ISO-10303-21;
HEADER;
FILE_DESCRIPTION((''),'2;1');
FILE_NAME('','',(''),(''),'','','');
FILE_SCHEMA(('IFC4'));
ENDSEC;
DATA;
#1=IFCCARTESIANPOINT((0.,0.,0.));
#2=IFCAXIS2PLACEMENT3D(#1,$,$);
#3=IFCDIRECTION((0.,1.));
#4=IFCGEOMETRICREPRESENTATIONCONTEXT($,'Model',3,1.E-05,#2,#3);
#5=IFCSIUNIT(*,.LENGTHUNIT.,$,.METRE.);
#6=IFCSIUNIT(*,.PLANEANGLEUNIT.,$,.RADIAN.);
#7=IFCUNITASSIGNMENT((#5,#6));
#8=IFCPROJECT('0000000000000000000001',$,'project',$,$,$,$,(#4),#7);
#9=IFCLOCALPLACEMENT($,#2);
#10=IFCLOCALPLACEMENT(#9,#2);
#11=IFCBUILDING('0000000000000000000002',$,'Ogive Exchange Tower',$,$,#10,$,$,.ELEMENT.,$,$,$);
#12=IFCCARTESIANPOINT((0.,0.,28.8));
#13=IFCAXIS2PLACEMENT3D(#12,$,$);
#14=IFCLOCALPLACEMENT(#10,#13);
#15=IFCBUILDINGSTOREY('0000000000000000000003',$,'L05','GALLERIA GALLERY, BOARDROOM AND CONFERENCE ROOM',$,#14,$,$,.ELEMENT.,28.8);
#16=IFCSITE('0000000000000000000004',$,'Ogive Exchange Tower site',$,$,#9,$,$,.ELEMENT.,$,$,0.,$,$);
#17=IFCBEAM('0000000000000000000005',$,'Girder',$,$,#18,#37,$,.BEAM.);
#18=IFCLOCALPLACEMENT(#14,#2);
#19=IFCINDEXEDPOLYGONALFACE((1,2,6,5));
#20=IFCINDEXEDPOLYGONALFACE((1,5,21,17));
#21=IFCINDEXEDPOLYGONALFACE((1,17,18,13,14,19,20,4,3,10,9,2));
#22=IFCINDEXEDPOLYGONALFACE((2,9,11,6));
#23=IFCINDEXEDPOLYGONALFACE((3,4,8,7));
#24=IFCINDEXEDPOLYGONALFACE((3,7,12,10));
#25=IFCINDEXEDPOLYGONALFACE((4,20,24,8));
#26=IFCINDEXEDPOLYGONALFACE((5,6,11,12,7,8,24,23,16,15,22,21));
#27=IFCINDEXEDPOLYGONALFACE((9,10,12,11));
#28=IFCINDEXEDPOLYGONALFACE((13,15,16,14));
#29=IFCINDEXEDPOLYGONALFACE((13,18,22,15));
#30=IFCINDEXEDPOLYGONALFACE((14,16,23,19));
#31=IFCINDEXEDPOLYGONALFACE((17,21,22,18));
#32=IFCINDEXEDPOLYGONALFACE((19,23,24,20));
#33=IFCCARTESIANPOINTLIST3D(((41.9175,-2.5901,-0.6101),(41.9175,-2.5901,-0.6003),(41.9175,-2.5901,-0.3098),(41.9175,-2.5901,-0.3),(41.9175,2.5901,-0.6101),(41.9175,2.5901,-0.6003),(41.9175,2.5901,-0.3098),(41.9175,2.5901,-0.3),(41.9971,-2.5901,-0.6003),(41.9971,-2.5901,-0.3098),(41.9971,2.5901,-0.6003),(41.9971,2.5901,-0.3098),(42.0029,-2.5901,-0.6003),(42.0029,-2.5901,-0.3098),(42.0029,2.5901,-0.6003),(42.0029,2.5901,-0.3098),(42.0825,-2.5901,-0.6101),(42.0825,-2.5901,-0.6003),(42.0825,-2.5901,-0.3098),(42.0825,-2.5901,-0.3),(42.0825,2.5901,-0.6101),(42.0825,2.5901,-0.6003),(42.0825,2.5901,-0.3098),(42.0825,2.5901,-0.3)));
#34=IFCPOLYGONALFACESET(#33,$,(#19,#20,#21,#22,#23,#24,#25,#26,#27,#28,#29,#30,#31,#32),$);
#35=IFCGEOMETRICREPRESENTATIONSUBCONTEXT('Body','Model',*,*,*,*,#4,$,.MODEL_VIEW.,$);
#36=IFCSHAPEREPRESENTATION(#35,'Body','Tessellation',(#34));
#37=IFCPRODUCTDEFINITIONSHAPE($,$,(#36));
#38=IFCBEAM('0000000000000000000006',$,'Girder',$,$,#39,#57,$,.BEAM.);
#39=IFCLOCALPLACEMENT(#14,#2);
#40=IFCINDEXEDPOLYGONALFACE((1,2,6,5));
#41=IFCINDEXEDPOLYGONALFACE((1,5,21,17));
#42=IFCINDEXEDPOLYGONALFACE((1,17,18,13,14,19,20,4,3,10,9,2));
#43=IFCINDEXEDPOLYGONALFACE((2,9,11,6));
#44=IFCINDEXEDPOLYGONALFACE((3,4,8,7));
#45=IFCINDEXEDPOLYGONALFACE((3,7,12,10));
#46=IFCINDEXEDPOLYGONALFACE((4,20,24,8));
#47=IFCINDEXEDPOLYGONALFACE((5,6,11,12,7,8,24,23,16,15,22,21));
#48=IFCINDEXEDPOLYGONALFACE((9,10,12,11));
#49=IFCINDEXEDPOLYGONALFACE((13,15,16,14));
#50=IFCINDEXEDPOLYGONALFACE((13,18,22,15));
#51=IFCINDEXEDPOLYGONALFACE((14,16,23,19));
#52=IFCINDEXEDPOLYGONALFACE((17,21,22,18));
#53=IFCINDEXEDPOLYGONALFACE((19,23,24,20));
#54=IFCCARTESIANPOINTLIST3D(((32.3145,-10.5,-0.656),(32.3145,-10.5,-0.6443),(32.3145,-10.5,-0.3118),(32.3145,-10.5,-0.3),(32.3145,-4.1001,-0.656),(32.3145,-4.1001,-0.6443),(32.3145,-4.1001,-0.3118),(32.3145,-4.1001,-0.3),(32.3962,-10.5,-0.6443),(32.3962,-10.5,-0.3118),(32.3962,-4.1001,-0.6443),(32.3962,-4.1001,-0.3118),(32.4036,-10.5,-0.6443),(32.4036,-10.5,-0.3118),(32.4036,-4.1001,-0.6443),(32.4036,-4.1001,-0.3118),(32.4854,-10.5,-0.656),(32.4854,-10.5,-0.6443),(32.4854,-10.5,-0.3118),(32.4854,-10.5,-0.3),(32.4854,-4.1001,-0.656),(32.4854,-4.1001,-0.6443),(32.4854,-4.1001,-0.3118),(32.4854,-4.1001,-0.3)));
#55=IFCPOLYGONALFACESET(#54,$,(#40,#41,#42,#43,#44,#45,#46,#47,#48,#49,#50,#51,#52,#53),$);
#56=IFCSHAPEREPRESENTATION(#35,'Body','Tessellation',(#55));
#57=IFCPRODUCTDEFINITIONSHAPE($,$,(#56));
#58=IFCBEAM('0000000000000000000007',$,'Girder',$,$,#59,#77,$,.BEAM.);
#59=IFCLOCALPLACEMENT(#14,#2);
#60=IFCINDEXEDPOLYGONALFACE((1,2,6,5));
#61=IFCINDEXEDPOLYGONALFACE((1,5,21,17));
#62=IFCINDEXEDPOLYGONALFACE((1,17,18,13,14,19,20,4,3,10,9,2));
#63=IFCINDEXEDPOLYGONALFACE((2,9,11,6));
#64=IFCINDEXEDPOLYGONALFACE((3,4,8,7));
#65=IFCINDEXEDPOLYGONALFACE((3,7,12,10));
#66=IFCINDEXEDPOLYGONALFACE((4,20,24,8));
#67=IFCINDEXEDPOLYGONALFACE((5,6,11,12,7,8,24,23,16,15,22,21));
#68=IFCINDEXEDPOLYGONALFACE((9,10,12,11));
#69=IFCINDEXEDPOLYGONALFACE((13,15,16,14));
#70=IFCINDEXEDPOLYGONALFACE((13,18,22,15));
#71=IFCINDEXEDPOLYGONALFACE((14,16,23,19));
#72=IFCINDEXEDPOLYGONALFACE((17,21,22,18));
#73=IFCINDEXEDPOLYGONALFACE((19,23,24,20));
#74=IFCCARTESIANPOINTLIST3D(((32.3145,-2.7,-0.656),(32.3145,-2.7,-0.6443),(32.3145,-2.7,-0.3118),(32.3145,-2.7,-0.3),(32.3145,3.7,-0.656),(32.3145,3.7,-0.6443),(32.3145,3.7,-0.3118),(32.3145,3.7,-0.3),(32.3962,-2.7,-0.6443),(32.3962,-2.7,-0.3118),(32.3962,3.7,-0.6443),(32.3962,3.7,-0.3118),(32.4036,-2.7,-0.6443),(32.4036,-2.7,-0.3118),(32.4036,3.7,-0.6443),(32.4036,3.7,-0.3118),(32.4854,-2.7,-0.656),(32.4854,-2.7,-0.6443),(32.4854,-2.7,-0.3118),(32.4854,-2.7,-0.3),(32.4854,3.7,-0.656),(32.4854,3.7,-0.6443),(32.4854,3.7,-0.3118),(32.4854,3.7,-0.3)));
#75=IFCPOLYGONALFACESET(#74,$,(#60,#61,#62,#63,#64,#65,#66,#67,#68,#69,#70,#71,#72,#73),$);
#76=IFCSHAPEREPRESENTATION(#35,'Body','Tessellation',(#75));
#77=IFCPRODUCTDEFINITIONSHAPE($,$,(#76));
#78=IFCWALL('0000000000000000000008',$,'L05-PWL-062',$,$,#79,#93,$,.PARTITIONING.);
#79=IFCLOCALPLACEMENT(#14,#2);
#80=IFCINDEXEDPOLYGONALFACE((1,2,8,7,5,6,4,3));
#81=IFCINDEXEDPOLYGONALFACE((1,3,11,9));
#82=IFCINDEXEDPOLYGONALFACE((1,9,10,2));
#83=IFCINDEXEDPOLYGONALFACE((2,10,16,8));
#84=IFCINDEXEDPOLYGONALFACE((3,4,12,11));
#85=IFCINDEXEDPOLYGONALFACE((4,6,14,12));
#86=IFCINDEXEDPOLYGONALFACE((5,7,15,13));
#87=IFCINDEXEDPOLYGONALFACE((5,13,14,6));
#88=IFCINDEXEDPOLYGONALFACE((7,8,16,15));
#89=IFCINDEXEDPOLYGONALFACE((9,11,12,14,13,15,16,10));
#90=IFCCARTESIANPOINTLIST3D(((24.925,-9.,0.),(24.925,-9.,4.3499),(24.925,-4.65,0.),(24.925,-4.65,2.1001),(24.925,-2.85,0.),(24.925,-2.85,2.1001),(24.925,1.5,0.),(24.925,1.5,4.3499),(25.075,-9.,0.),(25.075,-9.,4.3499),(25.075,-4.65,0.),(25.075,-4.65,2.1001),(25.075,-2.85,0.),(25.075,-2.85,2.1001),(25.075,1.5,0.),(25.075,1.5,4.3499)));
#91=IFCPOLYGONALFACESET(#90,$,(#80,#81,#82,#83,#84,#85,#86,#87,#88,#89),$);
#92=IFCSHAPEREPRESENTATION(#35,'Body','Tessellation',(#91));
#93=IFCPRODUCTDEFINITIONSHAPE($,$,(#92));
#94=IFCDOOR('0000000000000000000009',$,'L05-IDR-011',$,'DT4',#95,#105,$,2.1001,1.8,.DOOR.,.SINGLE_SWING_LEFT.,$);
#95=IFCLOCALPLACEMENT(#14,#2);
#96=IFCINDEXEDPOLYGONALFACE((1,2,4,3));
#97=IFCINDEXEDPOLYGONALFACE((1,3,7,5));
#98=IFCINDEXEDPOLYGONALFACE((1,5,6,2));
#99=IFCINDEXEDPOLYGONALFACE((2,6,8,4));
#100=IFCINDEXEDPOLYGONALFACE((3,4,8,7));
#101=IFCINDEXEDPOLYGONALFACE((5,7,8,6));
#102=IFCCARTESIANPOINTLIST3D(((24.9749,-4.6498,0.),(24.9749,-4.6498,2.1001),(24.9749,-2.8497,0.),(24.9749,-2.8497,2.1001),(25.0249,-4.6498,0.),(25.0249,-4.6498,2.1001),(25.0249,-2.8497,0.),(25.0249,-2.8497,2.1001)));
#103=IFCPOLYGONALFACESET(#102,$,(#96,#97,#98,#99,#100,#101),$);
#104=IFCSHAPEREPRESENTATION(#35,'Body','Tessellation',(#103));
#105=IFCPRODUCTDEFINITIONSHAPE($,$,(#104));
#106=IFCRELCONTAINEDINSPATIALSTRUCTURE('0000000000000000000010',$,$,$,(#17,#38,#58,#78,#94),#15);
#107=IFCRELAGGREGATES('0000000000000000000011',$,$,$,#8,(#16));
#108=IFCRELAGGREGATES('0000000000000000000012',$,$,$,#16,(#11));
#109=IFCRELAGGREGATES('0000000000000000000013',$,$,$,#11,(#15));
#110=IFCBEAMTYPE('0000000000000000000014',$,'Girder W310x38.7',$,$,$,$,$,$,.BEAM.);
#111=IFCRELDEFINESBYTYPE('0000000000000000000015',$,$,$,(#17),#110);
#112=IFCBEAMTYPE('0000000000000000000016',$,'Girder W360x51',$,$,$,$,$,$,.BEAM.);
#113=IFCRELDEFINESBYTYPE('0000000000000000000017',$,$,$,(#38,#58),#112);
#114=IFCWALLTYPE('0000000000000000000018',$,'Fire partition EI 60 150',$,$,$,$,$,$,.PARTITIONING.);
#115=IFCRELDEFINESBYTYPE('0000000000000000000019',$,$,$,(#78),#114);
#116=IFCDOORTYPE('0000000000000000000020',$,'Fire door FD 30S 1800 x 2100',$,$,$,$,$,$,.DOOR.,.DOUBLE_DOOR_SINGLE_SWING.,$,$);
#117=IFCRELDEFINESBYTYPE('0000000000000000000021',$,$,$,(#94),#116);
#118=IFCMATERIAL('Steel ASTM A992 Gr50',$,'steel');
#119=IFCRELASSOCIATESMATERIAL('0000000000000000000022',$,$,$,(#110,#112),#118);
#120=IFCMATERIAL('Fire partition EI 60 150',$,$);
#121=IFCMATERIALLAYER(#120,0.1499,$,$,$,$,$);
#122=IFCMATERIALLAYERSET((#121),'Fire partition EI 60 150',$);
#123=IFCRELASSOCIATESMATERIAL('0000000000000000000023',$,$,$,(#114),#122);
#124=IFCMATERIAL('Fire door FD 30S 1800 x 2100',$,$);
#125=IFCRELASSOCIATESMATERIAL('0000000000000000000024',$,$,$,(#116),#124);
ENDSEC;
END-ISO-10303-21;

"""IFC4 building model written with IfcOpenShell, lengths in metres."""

from ifc_helpers import new_model, si_unit, direction, frame, frame_2d, origin, origin_2d, place, context, subcontext, project, spatial, rectangle, i_section, extrude, material, layer, layer_set, material_profile, profile_set, type_object, element, fill, save


model = new_model("IFC4")

# Units and contexts
model_context = context("Model", 3, precision=1e-05, world=origin(), true_north=direction((0.0, 1.0)))
body_context = subcontext(model_context, "Body", "Model", "MODEL_VIEW")
ifc_project = project(units=[si_unit("LENGTHUNIT", "METRE"), si_unit("PLANEANGLEUNIT", "RADIAN")], contexts=[model_context])

# Site, building, storey
site_placement = place(None, origin())
site = spatial("IfcSite", under=ifc_project, at=site_placement, Name="Ogive Exchange Tower site", CompositionType="ELEMENT", RefElevation=0.0)
building_placement = place(site_placement, origin())
building = spatial("IfcBuilding", under=site, at=building_placement, Name="Ogive Exchange Tower", CompositionType="ELEMENT")
storey_placement = place(building_placement, frame((0.0, 0.0, 28.8)))
storey = spatial("IfcBuildingStorey", under=building, at=storey_placement, Name="L05", Description="GALLERIA GALLERY, BOARDROOM AND CONFERENCE ROOM", CompositionType="ELEMENT", Elevation=28.8)

# Beams
ifc_material_1 = material(Name="Steel ASTM A992 Gr50", Category="steel")
ifc_material_profile_1 = material_profile(ifc_material_1, i_section(OverallWidth=0.165, OverallDepth=0.3101, WebThickness=0.0059, FlangeThickness=0.0098, at=origin_2d()), Name="W310x38.7")
ifc_profile_set_1 = profile_set([ifc_material_profile_1], Name="Steel ASTM A992 Gr50")
beam_type_1 = type_object("IfcBeamType", Name="Girder W310x38.7", PredefinedType="BEAM", material=ifc_profile_set_1)
beam_1_placement = place(storey_placement, frame((42.0, -2.5901, -0.4551), z_axis=(0.0, 1.0, 0.0), x_axis=(-1.0, 0.0, 0.0)))
element("IfcBeam", 1, at=beam_1_placement, inside=storey, type_object=beam_type_1, Name="Girder", PredefinedType="BEAM", context=body_context, shape_type="SweptSolid", body=[
    extrude(i_section(OverallWidth=0.165, OverallDepth=0.3101, WebThickness=0.0059, FlangeThickness=0.0098, at=origin_2d()), origin(), (0.0, 0.0, 1.0), 5.1802),
])
ifc_material_profile_2 = material_profile(ifc_material_1, i_section(OverallWidth=0.1709, OverallDepth=0.356, WebThickness=0.0073, FlangeThickness=0.0117, at=origin_2d()), Name="W360x51")
ifc_profile_set_2 = profile_set([ifc_material_profile_2], Name="Steel ASTM A992 Gr50")
beam_type_2 = type_object("IfcBeamType", Name="Girder W360x51", PredefinedType="BEAM", material=ifc_profile_set_2)
for number, where, z_axis, x_axis, name in (
    (2, (32.3999, -10.5, -0.478), (0.0, 1.0, 0.0), (-1.0, 0.0, 0.0), "Girder"),
    (3, (32.3999, -2.7, -0.478), (0.0, 1.0, 0.0), (-1.0, 0.0, 0.0), "Girder"),
):
    element("IfcBeam", number, at=place(storey_placement, frame(where, z_axis=z_axis, x_axis=x_axis)), inside=storey, type_object=beam_type_2, Name=name, PredefinedType="BEAM", context=body_context, shape_type="SweptSolid", body=[
        extrude(i_section(OverallWidth=0.1709, OverallDepth=0.356, WebThickness=0.0073, FlangeThickness=0.0117, at=origin_2d()), origin(), (0.0, 0.0, 1.0), 6.3999),
    ])

# Wall, opening, door
ifc_material_2 = material(Name="Fire partition EI 60 150")
ifc_layer_1 = layer(ifc_material_2, 0.1499)
ifc_layer_set_1 = layer_set([ifc_layer_1], Name="Fire partition EI 60 150")
wall_type_1 = type_object("IfcWallType", Name="Fire partition EI 60 150", PredefinedType="PARTITIONING", material=ifc_layer_set_1)
wall_1_placement = place(storey_placement, frame((25.0, -9.0, 0.0), z_axis=(0.0, 0.0, 1.0), x_axis=(0.0, 1.0, 0.0)))
wall_1 = element("IfcWall", 4, at=wall_1_placement, inside=storey, type_object=wall_type_1, Name="L05-PWL-062", PredefinedType="PARTITIONING", context=body_context, shape_type="SweptSolid", body=[
    extrude(rectangle(XDim=10.5, YDim=0.1499, at=frame_2d((5.25, 0.0))), origin(), (0.0, 0.0, 1.0), 4.3499),
])
opening_1_placement = place(wall_1_placement, frame((4.3501, 0.0, 0.0)))
opening_1 = element("IfcOpeningElement", 5, at=opening_1_placement, cuts=wall_1, PredefinedType="OPENING", context=body_context, shape_type="SweptSolid", body=[
    extrude(rectangle(XDim=1.8, YDim=2.1001, at=frame_2d((0.8999, 1.05))), frame((0.0, 0.085, 0.0), z_axis=(0.0, -1.0, 0.0), x_axis=(1.0, 0.0, 0.0)), (0.0, 0.0, 1.0), 0.1699),
])
ifc_material_3 = material(Name="Fire door FD 30S 1800 x 2100")
door_type = type_object("IfcDoorType", Name="Fire door FD 30S 1800 x 2100", OperationType="DOUBLE_DOOR_SINGLE_SWING", PredefinedType="DOOR", material=ifc_material_3)
door_placement = place(opening_1_placement, frame((1.8, 0.0, 0.0), z_axis=(0.0, 0.0, 1.0), x_axis=(-1.0, 0.0, 0.0)))
door = element("IfcDoor", 6, at=door_placement, inside=storey, type_object=door_type, Name="L05-IDR-011", ObjectType="DT4", OperationType="SINGLE_SWING_LEFT", OverallHeight=2.1001, OverallWidth=1.8, PredefinedType="DOOR", context=body_context, shape_type="SweptSolid", body=[
    extrude(rectangle(XDim=1.8, YDim=2.1001, at=frame_2d((0.8999, 1.05))), frame((0.0, 0.0249, 0.0), z_axis=(0.0, -1.0, 0.0), x_axis=(1.0, 0.0, 0.0)), (0.0, 0.0, 1.0), 0.05),
])
fill(opening_1, door)

save(model, "model.ifc")
